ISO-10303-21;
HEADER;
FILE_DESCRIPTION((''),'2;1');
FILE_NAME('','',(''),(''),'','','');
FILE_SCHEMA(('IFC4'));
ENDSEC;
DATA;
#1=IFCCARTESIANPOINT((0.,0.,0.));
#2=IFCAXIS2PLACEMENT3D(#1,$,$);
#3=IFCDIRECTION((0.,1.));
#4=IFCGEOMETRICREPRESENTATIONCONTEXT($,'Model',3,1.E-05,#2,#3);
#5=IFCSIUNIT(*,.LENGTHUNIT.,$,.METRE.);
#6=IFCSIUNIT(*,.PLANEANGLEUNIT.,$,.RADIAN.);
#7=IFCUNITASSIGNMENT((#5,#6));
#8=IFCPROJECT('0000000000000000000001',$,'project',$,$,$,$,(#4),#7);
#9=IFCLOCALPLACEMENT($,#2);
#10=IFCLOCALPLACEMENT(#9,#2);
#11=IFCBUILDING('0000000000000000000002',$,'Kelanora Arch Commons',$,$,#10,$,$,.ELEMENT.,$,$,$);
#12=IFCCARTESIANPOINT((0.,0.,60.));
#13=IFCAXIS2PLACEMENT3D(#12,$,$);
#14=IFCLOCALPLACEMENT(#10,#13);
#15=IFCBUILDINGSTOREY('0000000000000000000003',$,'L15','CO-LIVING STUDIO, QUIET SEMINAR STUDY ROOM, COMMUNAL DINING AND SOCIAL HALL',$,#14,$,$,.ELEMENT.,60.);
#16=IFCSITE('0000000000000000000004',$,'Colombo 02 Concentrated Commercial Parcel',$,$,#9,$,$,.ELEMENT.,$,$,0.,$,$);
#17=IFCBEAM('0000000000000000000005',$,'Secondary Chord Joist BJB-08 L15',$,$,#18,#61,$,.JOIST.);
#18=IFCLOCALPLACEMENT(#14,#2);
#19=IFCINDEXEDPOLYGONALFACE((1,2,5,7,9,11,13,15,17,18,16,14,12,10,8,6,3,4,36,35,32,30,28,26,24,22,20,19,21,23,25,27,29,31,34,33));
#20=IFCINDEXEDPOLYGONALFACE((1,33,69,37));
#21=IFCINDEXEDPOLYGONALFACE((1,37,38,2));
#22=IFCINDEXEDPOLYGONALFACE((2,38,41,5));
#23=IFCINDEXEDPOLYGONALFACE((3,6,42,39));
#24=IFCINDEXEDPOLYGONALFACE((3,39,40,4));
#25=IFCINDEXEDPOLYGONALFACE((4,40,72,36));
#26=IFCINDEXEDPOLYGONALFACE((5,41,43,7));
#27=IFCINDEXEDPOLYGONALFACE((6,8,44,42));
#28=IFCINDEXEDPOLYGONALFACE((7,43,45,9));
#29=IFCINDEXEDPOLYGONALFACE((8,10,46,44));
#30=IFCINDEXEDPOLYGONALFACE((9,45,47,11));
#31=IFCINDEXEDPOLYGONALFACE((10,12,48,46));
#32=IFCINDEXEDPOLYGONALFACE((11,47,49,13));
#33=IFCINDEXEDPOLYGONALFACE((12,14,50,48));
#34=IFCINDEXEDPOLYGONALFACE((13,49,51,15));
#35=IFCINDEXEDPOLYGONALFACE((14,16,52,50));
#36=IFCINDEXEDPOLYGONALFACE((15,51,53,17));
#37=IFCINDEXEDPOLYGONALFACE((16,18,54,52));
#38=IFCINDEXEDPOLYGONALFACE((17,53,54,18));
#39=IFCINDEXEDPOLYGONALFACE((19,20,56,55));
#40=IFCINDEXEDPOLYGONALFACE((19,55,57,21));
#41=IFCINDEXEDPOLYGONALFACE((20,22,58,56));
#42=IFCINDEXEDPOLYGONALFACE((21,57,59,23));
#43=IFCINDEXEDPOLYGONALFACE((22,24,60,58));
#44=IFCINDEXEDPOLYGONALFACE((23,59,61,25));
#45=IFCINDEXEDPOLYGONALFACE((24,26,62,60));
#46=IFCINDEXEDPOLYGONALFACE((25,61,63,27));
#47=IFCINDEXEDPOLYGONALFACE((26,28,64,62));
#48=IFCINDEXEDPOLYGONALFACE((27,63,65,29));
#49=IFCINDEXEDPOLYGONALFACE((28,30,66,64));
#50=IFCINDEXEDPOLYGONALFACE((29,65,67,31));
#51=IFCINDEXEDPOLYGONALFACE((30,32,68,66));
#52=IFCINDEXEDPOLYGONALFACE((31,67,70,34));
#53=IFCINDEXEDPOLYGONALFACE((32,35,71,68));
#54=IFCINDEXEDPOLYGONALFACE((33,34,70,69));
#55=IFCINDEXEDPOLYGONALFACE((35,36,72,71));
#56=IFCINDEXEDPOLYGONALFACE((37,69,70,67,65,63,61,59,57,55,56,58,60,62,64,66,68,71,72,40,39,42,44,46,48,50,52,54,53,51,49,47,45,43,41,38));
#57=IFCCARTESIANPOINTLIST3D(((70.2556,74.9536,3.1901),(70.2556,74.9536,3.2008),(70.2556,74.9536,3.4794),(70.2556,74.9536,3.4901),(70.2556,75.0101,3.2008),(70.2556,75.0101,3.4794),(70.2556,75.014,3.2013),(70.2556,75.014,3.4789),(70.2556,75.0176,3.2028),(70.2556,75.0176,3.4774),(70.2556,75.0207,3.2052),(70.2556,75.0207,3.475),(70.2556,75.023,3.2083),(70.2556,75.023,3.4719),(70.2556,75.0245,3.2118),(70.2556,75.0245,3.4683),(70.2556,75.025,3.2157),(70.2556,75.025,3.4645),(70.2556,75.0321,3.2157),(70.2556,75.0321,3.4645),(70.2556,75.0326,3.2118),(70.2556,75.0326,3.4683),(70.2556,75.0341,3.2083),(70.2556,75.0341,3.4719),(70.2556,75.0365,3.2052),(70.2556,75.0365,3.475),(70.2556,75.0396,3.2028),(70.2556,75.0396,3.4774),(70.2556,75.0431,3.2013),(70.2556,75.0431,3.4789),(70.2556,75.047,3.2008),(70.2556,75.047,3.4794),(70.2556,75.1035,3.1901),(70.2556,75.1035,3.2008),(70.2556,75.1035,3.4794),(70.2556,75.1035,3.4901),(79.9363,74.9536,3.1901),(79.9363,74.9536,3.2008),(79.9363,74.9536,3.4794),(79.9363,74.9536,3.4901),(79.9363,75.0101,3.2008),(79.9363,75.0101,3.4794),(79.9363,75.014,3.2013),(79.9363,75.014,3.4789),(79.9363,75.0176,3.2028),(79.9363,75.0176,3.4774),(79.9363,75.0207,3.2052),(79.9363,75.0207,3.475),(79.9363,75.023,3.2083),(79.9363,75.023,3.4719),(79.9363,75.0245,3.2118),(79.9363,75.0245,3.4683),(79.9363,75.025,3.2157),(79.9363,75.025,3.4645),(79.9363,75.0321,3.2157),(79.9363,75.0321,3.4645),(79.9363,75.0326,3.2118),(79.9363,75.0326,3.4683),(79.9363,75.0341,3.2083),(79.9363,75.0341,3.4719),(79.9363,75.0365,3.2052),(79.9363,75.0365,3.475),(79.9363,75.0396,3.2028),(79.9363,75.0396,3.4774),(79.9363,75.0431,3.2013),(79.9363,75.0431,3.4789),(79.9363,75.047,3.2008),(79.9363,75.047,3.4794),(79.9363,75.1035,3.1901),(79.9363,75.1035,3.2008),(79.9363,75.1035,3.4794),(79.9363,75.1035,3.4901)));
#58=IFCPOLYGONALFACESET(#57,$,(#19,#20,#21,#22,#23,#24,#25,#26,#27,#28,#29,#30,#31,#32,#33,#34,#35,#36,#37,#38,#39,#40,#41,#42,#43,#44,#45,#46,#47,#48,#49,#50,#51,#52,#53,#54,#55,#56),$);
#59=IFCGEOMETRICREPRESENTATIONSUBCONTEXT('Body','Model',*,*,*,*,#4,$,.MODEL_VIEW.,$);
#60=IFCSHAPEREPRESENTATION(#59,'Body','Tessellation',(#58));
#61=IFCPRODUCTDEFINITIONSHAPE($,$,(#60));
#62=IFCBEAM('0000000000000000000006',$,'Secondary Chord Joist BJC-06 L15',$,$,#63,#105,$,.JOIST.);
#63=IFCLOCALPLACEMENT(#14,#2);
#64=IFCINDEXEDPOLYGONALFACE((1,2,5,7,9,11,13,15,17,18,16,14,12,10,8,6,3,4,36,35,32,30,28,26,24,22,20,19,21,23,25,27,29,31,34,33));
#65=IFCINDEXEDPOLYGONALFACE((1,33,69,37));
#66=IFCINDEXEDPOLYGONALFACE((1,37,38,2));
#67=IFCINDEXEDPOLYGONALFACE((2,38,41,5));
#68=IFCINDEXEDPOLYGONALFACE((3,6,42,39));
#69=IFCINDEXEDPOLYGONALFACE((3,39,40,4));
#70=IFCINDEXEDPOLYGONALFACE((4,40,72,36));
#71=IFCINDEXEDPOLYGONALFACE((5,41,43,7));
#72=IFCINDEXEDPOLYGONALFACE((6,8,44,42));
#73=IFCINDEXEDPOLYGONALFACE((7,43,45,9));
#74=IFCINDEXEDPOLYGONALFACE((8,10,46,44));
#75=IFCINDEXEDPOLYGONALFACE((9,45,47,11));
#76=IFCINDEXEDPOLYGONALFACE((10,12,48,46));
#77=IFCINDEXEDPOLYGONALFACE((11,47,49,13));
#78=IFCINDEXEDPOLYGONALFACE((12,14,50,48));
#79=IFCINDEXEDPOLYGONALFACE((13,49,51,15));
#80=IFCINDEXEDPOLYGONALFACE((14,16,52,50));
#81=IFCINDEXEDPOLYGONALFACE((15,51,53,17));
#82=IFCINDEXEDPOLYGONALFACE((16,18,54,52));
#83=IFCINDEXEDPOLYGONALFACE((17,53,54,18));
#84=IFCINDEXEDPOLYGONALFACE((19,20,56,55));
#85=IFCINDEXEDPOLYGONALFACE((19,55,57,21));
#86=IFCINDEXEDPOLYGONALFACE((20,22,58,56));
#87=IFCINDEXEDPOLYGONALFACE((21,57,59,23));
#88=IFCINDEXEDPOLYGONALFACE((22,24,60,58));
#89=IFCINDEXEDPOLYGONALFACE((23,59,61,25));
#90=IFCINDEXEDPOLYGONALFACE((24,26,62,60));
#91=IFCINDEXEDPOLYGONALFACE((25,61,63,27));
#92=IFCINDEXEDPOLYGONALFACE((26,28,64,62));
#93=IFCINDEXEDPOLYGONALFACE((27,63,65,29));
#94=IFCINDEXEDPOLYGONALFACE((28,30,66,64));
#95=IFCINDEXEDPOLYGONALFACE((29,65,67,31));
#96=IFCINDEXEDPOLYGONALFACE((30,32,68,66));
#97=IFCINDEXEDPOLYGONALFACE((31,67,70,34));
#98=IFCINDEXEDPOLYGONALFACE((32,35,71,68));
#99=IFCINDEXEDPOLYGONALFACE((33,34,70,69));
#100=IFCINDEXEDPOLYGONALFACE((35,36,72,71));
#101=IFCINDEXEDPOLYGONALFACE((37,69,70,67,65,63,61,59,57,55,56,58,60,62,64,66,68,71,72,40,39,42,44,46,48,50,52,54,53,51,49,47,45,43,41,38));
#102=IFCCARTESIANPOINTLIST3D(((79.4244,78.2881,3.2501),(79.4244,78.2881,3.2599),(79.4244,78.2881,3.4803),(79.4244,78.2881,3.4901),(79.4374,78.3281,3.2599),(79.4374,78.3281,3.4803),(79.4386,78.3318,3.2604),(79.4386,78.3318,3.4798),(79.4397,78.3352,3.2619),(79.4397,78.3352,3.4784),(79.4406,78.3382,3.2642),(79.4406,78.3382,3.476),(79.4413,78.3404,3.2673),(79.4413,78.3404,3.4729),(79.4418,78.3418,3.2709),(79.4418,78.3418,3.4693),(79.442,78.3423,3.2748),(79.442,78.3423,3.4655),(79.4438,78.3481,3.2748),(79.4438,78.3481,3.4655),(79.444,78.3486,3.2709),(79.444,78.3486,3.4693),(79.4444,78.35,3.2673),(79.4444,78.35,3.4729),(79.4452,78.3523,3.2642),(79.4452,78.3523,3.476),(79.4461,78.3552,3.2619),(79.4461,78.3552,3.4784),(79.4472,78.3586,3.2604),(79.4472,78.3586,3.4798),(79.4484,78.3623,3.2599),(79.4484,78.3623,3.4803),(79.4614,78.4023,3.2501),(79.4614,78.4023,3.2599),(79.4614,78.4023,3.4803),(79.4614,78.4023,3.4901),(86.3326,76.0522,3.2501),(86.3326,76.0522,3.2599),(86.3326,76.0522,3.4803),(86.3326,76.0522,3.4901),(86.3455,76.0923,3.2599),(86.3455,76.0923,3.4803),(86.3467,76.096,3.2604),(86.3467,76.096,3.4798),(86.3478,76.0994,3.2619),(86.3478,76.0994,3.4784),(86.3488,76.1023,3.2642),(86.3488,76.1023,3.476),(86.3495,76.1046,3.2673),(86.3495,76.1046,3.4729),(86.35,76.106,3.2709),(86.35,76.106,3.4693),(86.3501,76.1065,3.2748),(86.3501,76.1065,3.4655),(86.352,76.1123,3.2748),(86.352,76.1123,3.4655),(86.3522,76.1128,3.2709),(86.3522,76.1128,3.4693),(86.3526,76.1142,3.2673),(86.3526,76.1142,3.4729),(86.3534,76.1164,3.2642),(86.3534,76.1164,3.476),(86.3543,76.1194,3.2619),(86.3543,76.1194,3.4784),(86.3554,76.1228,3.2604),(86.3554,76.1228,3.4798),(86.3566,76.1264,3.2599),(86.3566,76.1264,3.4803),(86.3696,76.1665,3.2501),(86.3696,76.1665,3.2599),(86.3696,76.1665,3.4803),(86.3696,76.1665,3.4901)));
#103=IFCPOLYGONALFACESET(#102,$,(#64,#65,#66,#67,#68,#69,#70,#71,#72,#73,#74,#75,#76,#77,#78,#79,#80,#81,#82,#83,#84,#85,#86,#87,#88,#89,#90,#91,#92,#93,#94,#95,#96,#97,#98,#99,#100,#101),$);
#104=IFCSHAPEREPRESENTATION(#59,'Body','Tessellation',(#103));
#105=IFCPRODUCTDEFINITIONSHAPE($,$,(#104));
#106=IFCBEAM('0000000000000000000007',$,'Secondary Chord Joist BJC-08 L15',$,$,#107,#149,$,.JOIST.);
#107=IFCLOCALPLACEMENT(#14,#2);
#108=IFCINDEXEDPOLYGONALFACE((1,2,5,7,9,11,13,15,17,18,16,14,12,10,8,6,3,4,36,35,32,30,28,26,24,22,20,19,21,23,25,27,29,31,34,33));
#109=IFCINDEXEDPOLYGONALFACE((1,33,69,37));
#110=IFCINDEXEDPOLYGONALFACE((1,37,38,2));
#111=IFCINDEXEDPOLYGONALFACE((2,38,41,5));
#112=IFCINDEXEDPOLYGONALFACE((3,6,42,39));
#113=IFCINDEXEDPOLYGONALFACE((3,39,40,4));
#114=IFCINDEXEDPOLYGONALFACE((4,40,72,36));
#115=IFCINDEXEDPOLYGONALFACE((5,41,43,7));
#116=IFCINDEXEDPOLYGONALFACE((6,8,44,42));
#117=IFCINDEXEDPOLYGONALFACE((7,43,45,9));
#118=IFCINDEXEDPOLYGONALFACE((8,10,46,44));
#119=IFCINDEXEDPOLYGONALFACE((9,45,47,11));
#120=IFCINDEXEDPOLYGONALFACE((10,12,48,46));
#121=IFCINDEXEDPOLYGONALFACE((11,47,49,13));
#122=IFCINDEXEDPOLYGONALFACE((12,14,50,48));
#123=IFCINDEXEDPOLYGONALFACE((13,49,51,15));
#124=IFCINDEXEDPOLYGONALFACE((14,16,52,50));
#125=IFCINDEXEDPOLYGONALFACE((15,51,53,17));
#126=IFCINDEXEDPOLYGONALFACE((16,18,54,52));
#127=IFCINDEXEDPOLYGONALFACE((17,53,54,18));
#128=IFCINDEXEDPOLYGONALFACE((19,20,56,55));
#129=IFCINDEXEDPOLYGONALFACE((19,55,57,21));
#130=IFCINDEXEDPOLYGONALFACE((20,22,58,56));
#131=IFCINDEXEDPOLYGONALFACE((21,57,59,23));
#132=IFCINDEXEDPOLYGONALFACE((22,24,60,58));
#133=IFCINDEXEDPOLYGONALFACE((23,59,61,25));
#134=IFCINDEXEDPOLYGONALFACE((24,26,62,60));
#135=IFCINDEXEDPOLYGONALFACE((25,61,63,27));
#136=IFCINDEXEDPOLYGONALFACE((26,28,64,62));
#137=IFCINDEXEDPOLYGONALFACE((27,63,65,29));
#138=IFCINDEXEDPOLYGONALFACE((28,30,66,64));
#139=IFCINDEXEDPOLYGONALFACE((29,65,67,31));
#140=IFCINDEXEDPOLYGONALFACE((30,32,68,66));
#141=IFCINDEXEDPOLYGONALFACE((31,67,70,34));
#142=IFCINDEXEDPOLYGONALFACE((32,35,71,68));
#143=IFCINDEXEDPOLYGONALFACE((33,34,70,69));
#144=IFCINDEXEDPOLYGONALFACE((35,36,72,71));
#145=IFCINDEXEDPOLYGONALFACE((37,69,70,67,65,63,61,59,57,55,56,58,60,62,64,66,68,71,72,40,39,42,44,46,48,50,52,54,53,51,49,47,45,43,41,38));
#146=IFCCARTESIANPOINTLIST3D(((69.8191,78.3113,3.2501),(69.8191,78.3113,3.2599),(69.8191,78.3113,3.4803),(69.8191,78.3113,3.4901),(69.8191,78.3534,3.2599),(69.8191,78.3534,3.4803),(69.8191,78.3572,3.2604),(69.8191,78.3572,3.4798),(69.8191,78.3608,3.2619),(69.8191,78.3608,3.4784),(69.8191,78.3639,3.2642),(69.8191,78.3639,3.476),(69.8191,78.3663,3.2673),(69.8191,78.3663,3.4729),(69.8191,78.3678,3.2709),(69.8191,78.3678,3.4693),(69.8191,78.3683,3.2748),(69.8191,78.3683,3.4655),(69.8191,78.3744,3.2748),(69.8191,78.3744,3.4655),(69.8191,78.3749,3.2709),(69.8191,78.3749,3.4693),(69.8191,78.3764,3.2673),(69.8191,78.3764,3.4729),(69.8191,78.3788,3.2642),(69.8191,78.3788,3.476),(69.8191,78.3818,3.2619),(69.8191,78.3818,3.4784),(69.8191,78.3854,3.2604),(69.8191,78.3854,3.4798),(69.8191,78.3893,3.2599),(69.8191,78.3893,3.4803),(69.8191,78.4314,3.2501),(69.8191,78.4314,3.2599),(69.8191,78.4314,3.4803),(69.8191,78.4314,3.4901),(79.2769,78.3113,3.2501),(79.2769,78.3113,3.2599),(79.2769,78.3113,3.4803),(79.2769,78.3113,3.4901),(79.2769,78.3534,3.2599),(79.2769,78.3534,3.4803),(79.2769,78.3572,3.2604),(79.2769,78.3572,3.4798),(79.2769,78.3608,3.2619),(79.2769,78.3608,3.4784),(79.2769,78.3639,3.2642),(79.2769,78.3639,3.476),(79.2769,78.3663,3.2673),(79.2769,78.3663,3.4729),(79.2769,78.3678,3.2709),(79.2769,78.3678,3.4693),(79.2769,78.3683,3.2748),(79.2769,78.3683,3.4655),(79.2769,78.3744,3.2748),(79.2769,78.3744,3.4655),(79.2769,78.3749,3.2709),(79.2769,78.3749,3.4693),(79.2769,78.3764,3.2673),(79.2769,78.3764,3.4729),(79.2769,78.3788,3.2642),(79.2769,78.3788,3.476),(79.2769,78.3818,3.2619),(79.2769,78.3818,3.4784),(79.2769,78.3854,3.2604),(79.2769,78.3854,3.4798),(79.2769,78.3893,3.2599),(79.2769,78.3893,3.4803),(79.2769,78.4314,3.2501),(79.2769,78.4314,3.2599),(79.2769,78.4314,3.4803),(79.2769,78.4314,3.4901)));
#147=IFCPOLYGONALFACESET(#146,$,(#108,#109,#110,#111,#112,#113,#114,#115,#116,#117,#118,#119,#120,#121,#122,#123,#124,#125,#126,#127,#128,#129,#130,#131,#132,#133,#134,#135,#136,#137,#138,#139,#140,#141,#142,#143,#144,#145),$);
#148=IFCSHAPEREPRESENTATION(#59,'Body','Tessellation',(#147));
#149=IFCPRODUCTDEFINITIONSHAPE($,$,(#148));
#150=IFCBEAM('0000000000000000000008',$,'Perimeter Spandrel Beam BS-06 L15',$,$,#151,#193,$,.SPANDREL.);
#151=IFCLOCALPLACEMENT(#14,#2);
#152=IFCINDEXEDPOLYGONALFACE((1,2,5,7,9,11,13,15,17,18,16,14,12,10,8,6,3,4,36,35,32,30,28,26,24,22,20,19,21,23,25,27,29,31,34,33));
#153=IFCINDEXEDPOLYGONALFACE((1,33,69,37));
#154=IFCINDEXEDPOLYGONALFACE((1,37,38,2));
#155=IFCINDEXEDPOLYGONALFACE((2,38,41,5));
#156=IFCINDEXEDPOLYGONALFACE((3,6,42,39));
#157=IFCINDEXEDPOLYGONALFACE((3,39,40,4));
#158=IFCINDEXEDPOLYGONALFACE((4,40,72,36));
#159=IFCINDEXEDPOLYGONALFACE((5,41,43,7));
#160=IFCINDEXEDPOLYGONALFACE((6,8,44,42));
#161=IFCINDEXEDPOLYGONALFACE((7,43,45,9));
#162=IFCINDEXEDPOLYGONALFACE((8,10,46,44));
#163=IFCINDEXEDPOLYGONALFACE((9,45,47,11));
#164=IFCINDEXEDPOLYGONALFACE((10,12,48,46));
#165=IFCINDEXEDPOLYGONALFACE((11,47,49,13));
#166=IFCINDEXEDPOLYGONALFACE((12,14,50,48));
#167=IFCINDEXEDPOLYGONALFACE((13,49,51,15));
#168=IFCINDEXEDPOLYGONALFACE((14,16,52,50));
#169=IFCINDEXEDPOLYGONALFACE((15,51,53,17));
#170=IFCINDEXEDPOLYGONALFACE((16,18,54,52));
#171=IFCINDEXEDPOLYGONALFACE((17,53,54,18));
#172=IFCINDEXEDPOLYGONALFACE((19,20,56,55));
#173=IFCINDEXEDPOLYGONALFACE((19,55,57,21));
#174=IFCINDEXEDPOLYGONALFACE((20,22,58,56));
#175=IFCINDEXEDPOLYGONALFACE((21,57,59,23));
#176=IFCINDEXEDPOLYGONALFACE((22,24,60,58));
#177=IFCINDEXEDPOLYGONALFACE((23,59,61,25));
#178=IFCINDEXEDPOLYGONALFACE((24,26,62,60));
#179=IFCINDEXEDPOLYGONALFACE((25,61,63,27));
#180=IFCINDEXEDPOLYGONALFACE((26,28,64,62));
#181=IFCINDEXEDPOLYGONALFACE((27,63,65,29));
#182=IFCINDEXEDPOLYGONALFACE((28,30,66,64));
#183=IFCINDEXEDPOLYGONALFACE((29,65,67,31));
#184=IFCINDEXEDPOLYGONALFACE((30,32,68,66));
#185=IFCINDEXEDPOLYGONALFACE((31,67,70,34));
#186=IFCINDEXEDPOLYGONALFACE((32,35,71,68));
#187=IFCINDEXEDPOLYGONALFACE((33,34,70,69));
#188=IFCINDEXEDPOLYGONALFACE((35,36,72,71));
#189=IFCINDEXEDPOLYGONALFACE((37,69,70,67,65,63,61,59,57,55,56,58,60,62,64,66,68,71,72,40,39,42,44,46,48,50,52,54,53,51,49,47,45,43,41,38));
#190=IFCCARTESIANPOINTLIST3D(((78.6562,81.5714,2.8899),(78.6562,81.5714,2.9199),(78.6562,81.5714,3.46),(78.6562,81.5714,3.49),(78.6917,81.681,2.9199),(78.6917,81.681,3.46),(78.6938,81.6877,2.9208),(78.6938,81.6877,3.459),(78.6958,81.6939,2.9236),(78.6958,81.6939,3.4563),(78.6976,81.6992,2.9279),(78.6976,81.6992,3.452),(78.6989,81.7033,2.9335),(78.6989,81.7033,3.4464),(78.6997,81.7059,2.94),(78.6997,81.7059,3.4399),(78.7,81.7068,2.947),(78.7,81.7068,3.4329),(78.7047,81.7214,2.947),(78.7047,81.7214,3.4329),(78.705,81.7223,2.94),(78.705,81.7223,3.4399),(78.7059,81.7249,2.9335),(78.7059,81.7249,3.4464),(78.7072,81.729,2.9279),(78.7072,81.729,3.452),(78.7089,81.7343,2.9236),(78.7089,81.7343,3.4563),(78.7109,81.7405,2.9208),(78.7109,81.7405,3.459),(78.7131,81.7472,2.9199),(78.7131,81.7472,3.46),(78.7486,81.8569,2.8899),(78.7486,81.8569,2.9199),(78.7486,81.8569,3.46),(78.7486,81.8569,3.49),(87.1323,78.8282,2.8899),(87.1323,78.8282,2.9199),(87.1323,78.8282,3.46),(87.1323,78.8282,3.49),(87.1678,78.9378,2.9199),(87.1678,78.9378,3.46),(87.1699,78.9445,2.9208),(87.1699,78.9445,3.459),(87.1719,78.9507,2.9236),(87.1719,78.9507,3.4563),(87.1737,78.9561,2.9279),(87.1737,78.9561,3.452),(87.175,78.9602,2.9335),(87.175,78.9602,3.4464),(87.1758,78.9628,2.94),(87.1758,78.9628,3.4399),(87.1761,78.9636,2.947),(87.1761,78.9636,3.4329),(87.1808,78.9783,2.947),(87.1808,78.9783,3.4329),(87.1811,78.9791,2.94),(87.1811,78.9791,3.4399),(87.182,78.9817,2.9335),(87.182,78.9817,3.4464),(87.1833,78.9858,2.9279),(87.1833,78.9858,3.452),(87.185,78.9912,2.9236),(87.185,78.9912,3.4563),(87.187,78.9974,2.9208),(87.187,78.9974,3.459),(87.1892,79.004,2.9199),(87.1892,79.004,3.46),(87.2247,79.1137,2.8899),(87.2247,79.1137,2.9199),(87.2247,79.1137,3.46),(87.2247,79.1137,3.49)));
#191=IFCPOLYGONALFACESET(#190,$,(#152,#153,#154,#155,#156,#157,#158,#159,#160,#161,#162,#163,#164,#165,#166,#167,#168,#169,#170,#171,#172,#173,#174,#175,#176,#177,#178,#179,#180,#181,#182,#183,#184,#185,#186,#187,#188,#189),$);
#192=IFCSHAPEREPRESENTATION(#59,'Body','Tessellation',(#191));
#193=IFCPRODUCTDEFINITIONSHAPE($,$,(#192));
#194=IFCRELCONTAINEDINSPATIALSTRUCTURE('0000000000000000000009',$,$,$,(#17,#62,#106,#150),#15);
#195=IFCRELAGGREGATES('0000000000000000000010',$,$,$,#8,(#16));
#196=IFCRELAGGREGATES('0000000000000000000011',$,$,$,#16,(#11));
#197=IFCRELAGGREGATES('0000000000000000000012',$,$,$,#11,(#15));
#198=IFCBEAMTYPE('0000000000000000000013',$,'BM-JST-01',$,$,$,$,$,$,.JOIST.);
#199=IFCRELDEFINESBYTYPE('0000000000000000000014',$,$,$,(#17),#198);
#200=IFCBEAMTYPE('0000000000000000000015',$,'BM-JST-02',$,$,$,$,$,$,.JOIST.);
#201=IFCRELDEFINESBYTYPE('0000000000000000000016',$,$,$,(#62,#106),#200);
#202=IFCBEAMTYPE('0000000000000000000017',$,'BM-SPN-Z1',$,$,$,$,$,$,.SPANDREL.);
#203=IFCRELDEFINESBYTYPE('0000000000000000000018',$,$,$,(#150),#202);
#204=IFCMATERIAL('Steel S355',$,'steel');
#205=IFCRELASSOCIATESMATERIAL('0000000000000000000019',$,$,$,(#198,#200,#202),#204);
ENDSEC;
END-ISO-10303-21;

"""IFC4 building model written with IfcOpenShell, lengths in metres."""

from ifc_helpers import new_model, si_unit, direction, frame, origin, origin_2d, place, context, subcontext, project, spatial, i_section, extrude, material, material_profile, profile_set, type_object, element, save


model = new_model("IFC4")

# Units and contexts
model_context = context("Model", 3, precision=1e-05, world=origin(), true_north=direction((0.0, 1.0)))
body_context = subcontext(model_context, "Body", "Model", "MODEL_VIEW")
ifc_project = project(units=[si_unit("LENGTHUNIT", "METRE"), si_unit("PLANEANGLEUNIT", "RADIAN")], contexts=[model_context])

# Site, building, storey
site_placement = place(None, origin())
site = spatial("IfcSite", under=ifc_project, at=site_placement, Name="Colombo 02 Concentrated Commercial Parcel", CompositionType="ELEMENT", RefElevation=0.0)
building_placement = place(site_placement, origin())
building = spatial("IfcBuilding", under=site, at=building_placement, Name="Kelanora Arch Commons", CompositionType="ELEMENT")
storey_placement = place(building_placement, frame((0.0, 0.0, 60.0)))
storey = spatial("IfcBuildingStorey", under=building, at=storey_placement, Name="L15", Description="CO-LIVING STUDIO, QUIET SEMINAR STUDY ROOM, COMMUNAL DINING AND SOCIAL HALL", CompositionType="ELEMENT", Elevation=60.0)

# Beams
ifc_material_1 = material(Name="Steel S355", Category="steel")
ifc_material_profile_1 = material_profile(ifc_material_1, i_section(OverallWidth=0.1499, OverallDepth=0.3, WebThickness=0.0071, FlangeThickness=0.0107, FilletRadius=0.0149, at=origin_2d()), Name="IPE300")
ifc_profile_set_1 = profile_set([ifc_material_profile_1], Name="Steel S355")
beam_type_1 = type_object("IfcBeamType", Name="BM-JST-01", PredefinedType="JOIST", material=ifc_profile_set_1)
beam_1_placement = place(storey_placement, frame((79.9363, 75.0286, 3.3401), z_axis=(-1.0, 0.0, 0.0), x_axis=(0.0, -1.0, 0.0)))
element("IfcBeam", 1, at=beam_1_placement, inside=storey, type_object=beam_type_1, Name="Secondary Chord Joist BJB-08 L15", PredefinedType="JOIST", context=body_context, shape_type="SweptSolid", body=[
    extrude(i_section(OverallWidth=0.1499, OverallDepth=0.3, WebThickness=0.0071, FlangeThickness=0.0107, FilletRadius=0.0149, at=origin_2d()), origin(), (0.0, 0.0, 1.0), 9.6807),
])
ifc_material_profile_2 = material_profile(ifc_material_1, i_section(OverallWidth=0.1201, OverallDepth=0.24, WebThickness=0.0061, FlangeThickness=0.0098, FilletRadius=0.0149, at=origin_2d()), Name="IPE240")
ifc_profile_set_2 = profile_set([ifc_material_profile_2], Name="Steel S355")
beam_type_2 = type_object("IfcBeamType", Name="BM-JST-02", PredefinedType="JOIST", material=ifc_profile_set_2)
beam_2_placement = place(storey_placement, frame((86.3511, 76.1094, 3.3701), z_axis=(-0.951411, 0.307924, 0.0), x_axis=(-0.307924, -0.951411, 0.0)))
element("IfcBeam", 2, at=beam_2_placement, inside=storey, type_object=beam_type_2, Name="Secondary Chord Joist BJC-06 L15", PredefinedType="JOIST", context=body_context, shape_type="SweptSolid", body=[
    extrude(i_section(OverallWidth=0.1201, OverallDepth=0.24, WebThickness=0.0061, FlangeThickness=0.0098, FilletRadius=0.0149, at=origin_2d()), origin(), (0.0, 0.0, 1.0), 7.261),
])
beam_3_placement = place(storey_placement, frame((79.2769, 78.3713, 3.3701), z_axis=(-1.0, 0.0, 0.0), x_axis=(0.0, -1.0, 0.0)))
element("IfcBeam", 3, at=beam_3_placement, inside=storey, type_object=beam_type_2, Name="Secondary Chord Joist BJC-08 L15", PredefinedType="JOIST", context=body_context, shape_type="SweptSolid", body=[
    extrude(i_section(OverallWidth=0.1201, OverallDepth=0.24, WebThickness=0.0061, FlangeThickness=0.0098, FilletRadius=0.0149, at=origin_2d()), origin(), (0.0, 0.0, 1.0), 9.4578),
])
ifc_material_profile_3 = material_profile(ifc_material_1, i_section(OverallWidth=0.3, OverallDepth=0.6001, WebThickness=0.0154, FlangeThickness=0.03, FilletRadius=0.0271, at=origin_2d()), Name="HEB600")
ifc_profile_set_3 = profile_set([ifc_material_profile_3], Name="Steel S355")
beam_type_3 = type_object("IfcBeamType", Name="BM-SPN-Z1", PredefinedType="SPANDREL", material=ifc_profile_set_3)
beam_4_placement = place(storey_placement, frame((87.1785, 78.9709, 3.1899), z_axis=(-0.951415, 0.307912, 0.0), x_axis=(-0.307912, -0.951415, 0.0)))
element("IfcBeam", 4, at=beam_4_placement, inside=storey, type_object=beam_type_3, Name="Perimeter Spandrel Beam BS-06 L15", PredefinedType="SPANDREL", context=body_context, shape_type="SweptSolid", body=[
    extrude(i_section(OverallWidth=0.3, OverallDepth=0.6001, WebThickness=0.0154, FlangeThickness=0.03, FilletRadius=0.0271, at=origin_2d()), origin(), (0.0, 0.0, 1.0), 8.9089),
])

save(model, "model.ifc")
